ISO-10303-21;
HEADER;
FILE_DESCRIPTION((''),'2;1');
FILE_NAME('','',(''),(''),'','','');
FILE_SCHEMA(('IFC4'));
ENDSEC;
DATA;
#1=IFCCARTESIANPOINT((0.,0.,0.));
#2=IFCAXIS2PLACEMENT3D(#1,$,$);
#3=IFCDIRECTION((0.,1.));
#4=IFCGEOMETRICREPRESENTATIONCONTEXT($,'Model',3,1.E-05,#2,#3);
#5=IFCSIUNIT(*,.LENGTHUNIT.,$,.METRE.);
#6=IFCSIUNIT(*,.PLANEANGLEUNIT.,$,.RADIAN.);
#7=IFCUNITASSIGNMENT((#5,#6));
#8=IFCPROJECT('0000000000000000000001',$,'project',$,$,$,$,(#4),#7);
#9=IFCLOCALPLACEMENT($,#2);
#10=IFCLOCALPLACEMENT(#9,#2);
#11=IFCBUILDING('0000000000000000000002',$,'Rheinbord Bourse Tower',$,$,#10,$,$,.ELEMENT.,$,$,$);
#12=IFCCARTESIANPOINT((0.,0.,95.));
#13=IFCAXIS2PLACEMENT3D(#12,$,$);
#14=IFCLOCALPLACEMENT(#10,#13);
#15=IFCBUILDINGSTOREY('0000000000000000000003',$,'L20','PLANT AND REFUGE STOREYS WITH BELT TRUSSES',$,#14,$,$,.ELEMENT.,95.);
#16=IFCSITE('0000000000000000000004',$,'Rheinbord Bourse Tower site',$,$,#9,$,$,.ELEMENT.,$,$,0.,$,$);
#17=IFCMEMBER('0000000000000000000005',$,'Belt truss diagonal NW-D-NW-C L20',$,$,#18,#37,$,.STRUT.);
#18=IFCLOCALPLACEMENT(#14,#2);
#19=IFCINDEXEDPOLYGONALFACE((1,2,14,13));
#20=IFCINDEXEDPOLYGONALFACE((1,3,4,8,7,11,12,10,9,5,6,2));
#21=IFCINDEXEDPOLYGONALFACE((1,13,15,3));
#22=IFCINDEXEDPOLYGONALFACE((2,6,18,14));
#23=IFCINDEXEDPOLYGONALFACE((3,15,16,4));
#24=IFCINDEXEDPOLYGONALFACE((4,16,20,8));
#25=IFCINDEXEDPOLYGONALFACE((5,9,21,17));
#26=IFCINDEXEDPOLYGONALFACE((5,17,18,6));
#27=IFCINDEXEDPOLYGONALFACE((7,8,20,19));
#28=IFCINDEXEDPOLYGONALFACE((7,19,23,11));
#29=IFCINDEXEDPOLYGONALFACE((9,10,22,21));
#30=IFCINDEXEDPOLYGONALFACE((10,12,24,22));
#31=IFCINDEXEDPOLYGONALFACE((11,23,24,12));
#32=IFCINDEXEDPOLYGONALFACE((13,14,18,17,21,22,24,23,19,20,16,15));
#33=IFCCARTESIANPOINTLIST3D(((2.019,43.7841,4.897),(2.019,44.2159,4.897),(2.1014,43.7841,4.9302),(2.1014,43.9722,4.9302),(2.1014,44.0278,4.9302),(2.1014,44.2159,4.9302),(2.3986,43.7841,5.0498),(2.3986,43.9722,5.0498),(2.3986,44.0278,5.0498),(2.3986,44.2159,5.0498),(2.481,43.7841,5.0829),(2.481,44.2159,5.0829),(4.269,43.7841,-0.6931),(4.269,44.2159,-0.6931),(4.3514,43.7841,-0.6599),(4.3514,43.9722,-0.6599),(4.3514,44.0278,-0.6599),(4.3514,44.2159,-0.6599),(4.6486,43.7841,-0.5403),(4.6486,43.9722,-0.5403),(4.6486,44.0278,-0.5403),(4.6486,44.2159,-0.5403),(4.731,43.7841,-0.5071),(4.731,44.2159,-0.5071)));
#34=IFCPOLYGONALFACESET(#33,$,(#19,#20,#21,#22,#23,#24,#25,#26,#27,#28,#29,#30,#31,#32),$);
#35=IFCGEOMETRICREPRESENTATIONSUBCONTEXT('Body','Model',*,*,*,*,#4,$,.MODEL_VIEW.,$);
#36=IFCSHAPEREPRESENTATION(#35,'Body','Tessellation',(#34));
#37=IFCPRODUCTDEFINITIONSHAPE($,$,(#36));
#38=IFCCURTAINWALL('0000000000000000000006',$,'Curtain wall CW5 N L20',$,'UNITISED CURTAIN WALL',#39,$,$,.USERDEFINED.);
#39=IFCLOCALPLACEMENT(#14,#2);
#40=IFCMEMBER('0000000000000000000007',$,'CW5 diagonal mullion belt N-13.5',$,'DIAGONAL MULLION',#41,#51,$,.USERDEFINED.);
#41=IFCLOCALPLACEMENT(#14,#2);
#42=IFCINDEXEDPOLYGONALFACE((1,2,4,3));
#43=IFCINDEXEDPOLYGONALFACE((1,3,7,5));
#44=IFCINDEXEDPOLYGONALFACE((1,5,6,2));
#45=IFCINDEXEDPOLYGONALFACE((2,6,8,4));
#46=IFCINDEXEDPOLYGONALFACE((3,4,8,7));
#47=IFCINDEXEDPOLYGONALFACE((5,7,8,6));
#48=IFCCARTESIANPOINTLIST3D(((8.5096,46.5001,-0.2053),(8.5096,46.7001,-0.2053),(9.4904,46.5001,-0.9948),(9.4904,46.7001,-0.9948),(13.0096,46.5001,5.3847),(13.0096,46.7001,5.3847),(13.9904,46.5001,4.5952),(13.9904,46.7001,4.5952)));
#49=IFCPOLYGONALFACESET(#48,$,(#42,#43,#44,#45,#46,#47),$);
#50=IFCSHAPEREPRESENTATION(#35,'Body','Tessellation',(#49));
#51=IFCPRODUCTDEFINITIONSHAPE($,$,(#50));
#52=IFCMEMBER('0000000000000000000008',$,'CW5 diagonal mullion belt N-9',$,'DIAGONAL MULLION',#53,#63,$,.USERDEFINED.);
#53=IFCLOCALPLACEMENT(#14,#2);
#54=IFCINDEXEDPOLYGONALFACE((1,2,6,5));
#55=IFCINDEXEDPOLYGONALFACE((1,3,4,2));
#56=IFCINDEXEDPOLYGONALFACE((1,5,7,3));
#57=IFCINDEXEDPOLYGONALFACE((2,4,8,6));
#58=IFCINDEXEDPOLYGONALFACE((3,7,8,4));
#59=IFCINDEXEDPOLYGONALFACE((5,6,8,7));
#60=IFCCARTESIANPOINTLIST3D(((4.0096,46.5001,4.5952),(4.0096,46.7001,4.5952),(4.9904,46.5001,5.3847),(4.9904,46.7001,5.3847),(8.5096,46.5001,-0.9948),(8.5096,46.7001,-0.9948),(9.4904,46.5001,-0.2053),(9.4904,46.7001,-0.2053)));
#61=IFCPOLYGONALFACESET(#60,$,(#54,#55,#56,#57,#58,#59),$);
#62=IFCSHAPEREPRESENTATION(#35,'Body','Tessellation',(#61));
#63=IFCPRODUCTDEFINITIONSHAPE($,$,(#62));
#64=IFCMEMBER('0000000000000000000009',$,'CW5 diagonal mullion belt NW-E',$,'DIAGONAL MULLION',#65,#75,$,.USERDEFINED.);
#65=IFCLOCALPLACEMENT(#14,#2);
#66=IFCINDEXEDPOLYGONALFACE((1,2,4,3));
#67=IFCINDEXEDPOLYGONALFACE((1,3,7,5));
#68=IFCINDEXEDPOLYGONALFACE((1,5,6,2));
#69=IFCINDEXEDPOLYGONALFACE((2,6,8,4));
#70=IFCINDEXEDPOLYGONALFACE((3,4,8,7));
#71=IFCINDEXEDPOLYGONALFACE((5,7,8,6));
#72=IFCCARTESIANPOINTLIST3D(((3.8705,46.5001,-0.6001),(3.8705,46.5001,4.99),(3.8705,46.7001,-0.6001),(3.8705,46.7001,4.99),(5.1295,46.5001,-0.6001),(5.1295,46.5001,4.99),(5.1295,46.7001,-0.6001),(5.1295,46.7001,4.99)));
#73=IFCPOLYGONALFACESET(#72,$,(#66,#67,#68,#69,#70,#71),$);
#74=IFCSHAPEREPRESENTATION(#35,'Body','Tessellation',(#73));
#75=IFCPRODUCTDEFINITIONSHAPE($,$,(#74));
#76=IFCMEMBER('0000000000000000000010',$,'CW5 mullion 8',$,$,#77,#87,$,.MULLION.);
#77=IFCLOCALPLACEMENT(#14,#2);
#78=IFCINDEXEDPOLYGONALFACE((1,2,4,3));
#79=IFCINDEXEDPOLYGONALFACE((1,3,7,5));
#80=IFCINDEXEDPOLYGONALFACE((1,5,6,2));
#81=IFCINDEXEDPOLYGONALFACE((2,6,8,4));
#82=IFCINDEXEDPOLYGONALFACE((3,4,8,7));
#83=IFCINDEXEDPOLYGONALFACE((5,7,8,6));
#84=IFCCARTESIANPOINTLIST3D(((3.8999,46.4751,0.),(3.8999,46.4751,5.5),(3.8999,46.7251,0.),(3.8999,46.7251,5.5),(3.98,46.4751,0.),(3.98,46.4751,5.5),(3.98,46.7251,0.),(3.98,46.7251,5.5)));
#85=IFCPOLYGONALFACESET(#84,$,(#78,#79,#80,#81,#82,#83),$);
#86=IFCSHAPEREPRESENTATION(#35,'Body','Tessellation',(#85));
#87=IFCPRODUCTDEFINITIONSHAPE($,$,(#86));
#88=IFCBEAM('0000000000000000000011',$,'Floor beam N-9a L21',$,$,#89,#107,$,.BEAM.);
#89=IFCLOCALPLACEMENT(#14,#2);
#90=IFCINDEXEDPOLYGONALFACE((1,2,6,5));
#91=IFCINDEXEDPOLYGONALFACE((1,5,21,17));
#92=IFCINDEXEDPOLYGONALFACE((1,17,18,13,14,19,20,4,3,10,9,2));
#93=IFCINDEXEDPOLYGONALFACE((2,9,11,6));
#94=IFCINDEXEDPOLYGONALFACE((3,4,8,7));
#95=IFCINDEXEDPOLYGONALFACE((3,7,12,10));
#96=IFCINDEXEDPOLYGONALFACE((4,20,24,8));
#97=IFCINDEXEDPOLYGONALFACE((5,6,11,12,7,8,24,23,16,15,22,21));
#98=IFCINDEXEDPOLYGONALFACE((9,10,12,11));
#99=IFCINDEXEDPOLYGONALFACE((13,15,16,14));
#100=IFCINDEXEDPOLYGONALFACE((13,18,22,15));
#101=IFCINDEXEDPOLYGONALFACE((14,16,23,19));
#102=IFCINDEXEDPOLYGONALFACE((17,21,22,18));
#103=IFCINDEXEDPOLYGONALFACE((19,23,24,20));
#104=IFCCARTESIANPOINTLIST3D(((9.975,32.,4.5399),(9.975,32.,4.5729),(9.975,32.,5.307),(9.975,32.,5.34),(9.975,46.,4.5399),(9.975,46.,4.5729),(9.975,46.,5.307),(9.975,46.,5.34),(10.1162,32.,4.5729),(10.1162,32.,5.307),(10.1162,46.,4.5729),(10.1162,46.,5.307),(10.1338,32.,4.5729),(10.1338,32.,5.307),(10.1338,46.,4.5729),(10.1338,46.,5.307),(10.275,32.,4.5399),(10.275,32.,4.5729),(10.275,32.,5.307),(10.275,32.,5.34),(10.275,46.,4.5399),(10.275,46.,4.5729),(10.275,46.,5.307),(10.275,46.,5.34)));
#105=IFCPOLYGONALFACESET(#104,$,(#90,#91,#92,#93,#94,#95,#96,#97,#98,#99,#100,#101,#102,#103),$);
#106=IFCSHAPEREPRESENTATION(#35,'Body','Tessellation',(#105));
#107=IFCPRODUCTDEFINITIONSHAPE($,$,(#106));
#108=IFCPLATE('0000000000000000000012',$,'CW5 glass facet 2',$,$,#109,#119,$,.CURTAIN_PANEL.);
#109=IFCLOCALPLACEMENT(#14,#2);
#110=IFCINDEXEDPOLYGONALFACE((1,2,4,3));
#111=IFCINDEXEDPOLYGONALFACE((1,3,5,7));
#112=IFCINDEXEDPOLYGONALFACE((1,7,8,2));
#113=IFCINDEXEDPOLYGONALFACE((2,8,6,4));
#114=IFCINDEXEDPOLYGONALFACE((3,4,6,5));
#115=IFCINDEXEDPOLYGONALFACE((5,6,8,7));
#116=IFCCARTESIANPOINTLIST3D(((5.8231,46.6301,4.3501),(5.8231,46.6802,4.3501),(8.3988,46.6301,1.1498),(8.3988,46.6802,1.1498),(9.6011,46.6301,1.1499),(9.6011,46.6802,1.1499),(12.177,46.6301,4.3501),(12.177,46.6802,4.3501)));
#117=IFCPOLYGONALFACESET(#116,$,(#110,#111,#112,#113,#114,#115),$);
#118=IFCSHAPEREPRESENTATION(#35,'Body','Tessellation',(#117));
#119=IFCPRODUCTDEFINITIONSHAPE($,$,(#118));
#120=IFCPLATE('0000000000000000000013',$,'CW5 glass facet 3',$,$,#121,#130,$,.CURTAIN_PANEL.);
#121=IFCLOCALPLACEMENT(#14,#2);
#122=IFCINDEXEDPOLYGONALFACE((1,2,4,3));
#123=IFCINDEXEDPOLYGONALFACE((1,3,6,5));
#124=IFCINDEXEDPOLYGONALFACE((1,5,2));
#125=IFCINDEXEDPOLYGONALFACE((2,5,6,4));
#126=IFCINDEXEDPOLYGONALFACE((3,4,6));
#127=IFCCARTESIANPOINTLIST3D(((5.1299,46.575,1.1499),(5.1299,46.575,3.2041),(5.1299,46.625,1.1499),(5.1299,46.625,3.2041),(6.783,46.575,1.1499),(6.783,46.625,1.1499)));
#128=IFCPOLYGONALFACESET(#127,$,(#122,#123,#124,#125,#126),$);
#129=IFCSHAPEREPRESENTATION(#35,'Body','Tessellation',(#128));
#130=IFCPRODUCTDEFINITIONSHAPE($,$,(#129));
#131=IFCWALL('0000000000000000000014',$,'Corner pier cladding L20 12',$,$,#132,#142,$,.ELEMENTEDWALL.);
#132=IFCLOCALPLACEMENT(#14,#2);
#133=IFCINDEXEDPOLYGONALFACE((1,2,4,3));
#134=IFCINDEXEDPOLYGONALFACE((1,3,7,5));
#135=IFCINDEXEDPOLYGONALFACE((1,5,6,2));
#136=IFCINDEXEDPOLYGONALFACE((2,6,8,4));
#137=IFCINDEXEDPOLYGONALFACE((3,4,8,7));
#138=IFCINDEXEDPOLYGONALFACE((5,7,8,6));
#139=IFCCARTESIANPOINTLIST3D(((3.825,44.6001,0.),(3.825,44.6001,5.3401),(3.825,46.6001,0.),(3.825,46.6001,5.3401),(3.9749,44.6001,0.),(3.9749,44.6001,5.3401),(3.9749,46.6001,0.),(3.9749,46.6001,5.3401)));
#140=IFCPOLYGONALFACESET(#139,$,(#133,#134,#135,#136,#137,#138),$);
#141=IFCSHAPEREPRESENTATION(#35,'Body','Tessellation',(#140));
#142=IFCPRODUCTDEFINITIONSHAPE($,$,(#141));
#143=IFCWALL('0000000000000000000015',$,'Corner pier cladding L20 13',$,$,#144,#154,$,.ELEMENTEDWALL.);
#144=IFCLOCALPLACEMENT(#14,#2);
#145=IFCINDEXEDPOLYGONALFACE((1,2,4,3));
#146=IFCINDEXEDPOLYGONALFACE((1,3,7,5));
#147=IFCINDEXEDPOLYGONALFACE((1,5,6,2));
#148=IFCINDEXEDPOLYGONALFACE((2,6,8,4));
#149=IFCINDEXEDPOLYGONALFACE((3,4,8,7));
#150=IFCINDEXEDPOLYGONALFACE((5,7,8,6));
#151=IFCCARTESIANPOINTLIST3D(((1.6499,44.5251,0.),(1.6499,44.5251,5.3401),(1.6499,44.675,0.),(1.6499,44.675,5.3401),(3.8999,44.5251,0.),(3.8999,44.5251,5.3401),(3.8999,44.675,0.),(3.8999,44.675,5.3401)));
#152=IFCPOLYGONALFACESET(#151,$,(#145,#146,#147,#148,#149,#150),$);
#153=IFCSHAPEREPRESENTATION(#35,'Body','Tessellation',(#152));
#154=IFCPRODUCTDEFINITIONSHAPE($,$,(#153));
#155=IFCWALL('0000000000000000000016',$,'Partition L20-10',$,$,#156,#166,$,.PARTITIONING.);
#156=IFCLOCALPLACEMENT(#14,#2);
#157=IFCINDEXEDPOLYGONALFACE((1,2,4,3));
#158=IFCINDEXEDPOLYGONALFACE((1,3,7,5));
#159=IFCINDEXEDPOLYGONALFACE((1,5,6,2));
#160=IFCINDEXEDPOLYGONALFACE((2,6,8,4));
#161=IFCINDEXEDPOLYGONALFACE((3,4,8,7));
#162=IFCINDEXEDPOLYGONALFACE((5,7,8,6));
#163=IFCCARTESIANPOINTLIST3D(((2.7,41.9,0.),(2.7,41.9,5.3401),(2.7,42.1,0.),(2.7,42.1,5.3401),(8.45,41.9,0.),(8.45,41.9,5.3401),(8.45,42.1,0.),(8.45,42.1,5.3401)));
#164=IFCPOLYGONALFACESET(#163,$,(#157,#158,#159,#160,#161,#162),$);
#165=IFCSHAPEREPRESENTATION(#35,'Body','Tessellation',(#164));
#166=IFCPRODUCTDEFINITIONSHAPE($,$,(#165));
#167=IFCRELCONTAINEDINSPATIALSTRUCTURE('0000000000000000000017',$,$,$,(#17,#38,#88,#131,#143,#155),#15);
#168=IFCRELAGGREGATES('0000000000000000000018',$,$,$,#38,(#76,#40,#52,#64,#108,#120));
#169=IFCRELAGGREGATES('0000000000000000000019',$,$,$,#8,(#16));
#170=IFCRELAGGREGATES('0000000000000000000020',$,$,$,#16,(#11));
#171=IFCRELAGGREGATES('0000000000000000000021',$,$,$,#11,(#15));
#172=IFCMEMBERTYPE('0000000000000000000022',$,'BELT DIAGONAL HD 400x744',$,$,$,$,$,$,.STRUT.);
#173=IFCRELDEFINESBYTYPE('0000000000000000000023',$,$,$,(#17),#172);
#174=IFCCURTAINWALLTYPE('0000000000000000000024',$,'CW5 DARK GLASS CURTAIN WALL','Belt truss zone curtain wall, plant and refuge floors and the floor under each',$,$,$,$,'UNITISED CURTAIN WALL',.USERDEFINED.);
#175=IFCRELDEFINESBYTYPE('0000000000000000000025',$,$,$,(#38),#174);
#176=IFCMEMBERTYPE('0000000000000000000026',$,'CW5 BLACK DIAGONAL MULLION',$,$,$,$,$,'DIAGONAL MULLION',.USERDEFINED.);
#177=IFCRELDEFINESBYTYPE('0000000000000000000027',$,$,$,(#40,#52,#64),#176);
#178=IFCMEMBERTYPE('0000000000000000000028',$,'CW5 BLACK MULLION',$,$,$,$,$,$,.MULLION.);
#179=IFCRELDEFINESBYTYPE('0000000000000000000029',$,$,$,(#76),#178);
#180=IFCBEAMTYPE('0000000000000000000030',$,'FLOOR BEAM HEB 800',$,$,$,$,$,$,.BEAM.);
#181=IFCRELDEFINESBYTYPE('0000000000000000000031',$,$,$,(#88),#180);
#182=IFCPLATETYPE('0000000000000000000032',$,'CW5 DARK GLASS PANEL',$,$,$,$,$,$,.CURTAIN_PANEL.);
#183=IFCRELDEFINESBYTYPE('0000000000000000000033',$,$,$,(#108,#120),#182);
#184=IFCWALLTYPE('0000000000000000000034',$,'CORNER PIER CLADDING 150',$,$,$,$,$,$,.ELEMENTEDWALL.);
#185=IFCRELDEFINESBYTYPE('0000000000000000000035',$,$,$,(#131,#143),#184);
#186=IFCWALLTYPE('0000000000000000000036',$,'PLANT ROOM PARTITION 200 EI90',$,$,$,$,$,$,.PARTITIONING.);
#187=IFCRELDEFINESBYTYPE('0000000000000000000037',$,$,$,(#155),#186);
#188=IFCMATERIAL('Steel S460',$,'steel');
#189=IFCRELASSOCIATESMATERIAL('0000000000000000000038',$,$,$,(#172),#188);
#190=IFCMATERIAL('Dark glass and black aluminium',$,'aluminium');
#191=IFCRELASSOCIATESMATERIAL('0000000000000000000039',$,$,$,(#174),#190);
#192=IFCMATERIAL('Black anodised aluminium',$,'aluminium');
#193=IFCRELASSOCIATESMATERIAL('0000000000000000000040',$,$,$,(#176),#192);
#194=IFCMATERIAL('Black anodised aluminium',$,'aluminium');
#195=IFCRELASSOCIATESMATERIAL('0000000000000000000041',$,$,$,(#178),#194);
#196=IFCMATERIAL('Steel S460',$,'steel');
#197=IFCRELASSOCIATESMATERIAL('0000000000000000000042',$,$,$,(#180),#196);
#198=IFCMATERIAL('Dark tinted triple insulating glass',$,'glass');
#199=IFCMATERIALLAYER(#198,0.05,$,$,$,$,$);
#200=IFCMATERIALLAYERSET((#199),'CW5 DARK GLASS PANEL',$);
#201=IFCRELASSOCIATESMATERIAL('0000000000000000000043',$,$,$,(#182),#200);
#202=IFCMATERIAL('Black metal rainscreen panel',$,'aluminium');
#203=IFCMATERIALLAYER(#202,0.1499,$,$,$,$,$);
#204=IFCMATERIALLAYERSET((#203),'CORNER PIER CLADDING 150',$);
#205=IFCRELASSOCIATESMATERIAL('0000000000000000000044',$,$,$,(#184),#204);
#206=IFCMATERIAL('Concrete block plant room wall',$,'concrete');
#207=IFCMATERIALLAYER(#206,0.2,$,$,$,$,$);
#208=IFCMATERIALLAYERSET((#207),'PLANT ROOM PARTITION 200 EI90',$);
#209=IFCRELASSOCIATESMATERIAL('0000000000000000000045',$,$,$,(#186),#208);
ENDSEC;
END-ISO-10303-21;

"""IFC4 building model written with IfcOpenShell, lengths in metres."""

from ifc_helpers import new_model, si_unit, direction, frame, frame_2d, origin, origin_2d, place, context, subcontext, project, spatial, polyline, rectangle, i_section, outline, extrude, material, layer, layer_set, material_profile, profile_set, type_object, element, aggregate, save


model = new_model("IFC4")

# Units and contexts
model_context = context("Model", 3, precision=1e-05, world=origin(), true_north=direction((0.0, 1.0)))
body_context = subcontext(model_context, "Body", "Model", "MODEL_VIEW")
ifc_project = project(units=[si_unit("LENGTHUNIT", "METRE"), si_unit("PLANEANGLEUNIT", "RADIAN")], contexts=[model_context])

# Site, building, storey
site_placement = place(None, origin())
site = spatial("IfcSite", under=ifc_project, at=site_placement, Name="Rheinbord Bourse Tower site", CompositionType="ELEMENT", RefElevation=0.0)
building_placement = place(site_placement, origin())
building = spatial("IfcBuilding", under=site, at=building_placement, Name="Rheinbord Bourse Tower", CompositionType="ELEMENT")
storey_placement = place(building_placement, frame((0.0, 0.0, 95.0)))
storey = spatial("IfcBuildingStorey", under=building, at=storey_placement, Name="L20", Description="PLANT AND REFUGE STOREYS WITH BELT TRUSSES", CompositionType="ELEMENT", Elevation=95.0)

# Member
ifc_material_1 = material(Name="Steel S460", Category="steel")
ifc_material_profile_1 = material_profile(ifc_material_1, i_section(OverallWidth=0.4319, OverallDepth=0.498, WebThickness=0.0557, FlangeThickness=0.0889, at=origin_2d()), Name="HD 400x744")
ifc_profile_set_1 = profile_set([ifc_material_profile_1], Name="Steel S460")
member_type_1 = type_object("IfcMemberType", Name="BELT DIAGONAL HD 400x744", PredefinedType="STRUT", material=ifc_profile_set_1)
member_1_placement = place(storey_placement, frame((4.5, 44.0, -0.6001), z_axis=(-0.373388, 0.0, 0.927675), x_axis=(0.0, -1.0, 0.0)))
element("IfcMember", 1, at=member_1_placement, inside=storey, type_object=member_type_1, Name="Belt truss diagonal NW-D-NW-C L20", PredefinedType="STRUT", context=body_context, shape_type="SweptSolid", body=[
    extrude(i_section(OverallWidth=0.4319, OverallDepth=0.498, WebThickness=0.0557, FlangeThickness=0.0889, at=origin_2d()), origin(), (0.0, 0.0, 1.0), 6.0259),
])

# Curtain wall, members
ifc_material_2 = material(Name="Dark glass and black aluminium", Category="aluminium")
curtain_wall_type = type_object("IfcCurtainWallType", Name="CW5 DARK GLASS CURTAIN WALL", Description="Belt truss zone curtain wall, plant and refuge floors and the floor under each", ElementType="UNITISED CURTAIN WALL", PredefinedType="USERDEFINED", material=ifc_material_2)
curtain_wall_placement = place(storey_placement, origin())
curtain_wall = element("IfcCurtainWall", 2, at=curtain_wall_placement, inside=storey, type_object=curtain_wall_type, Name="Curtain wall CW5 N L20", ObjectType="UNITISED CURTAIN WALL", PredefinedType="USERDEFINED")
ifc_material_3 = material(Name="Black anodised aluminium", Category="aluminium")
ifc_material_profile_2 = material_profile(ifc_material_3, rectangle(XDim=0.2, YDim=1.259, at=origin_2d()), Name="CW5 DIAGONAL MULLION 1259x200")
ifc_profile_set_2 = profile_set([ifc_material_profile_2], Name="Black anodised aluminium")
member_type_2 = type_object("IfcMemberType", Name="CW5 BLACK DIAGONAL MULLION", ElementType="DIAGONAL MULLION", PredefinedType="USERDEFINED", material=ifc_profile_set_2)
member_2_placement = place(storey_placement, frame((9.0, 46.6001, -0.6001), z_axis=(0.627065, 0.0, 0.778967), x_axis=(0.0, 1.0, 0.0)))
member_2 = element("IfcMember", 3, at=member_2_placement, type_object=member_type_2, Name="CW5 diagonal mullion belt N-13.5", ObjectType="DIAGONAL MULLION", PredefinedType="USERDEFINED", context=body_context, shape_type="SweptSolid", body=[
    extrude(rectangle(XDim=0.2, YDim=1.259, at=origin_2d()), origin(), (0.0, 0.0, 1.0), 7.1763),
])
member_3_placement = place(storey_placement, frame((9.0, 46.6001, -0.6001), z_axis=(-0.627065, 0.0, 0.778967), x_axis=(0.0, -1.0, 0.0)))
member_3 = element("IfcMember", 4, at=member_3_placement, type_object=member_type_2, Name="CW5 diagonal mullion belt N-9", ObjectType="DIAGONAL MULLION", PredefinedType="USERDEFINED", context=body_context, shape_type="SweptSolid", body=[
    extrude(rectangle(XDim=0.2, YDim=1.259, at=origin_2d()), origin(), (0.0, 0.0, 1.0), 7.1763),
])
member_4_placement = place(storey_placement, frame((4.5, 46.6001, -0.6001), z_axis=(0.0, 0.0, 1.0), x_axis=(0.0, -1.0, 0.0)))
member_4 = element("IfcMember", 5, at=member_4_placement, type_object=member_type_2, Name="CW5 diagonal mullion belt NW-E", ObjectType="DIAGONAL MULLION", PredefinedType="USERDEFINED", context=body_context, shape_type="SweptSolid", body=[
    extrude(rectangle(XDim=0.2, YDim=1.259, at=origin_2d()), origin(), (0.0, 0.0, 1.0), 5.5901),
])
ifc_material_4 = material(Name="Black anodised aluminium", Category="aluminium")
ifc_material_profile_3 = material_profile(ifc_material_4, rectangle(XDim=0.25, YDim=0.0801, at=origin_2d()), Name="CW5 MULLION 80x250")
ifc_profile_set_3 = profile_set([ifc_material_profile_3], Name="Black anodised aluminium")
member_type_3 = type_object("IfcMemberType", Name="CW5 BLACK MULLION", PredefinedType="MULLION", material=ifc_profile_set_3)
member_5_placement = place(storey_placement, frame((3.9399, 46.6001, 0.0), z_axis=(0.0, 0.0, 1.0), x_axis=(0.0, -1.0, 0.0)))
member_5 = element("IfcMember", 6, at=member_5_placement, type_object=member_type_3, Name="CW5 mullion 8", PredefinedType="MULLION", context=body_context, shape_type="SweptSolid", body=[
    extrude(rectangle(XDim=0.25, YDim=0.0801, at=origin_2d()), origin(), (0.0, 0.0, 1.0), 5.5),
])

# Beam
ifc_material_5 = material(Name="Steel S460", Category="steel")
ifc_material_profile_4 = material_profile(ifc_material_5, i_section(OverallWidth=0.3, OverallDepth=0.8, WebThickness=0.0176, FlangeThickness=0.033, at=origin_2d()), Name="HEB 800")
ifc_profile_set_4 = profile_set([ifc_material_profile_4], Name="Steel S460")
beam_type_1 = type_object("IfcBeamType", Name="FLOOR BEAM HEB 800", PredefinedType="BEAM", material=ifc_profile_set_4)
beam_1_placement = place(storey_placement, frame((10.125, 46.0, 4.9399), z_axis=(0.0, -1.0, 0.0), x_axis=(1.0, 0.0, 0.0)))
element("IfcBeam", 7, at=beam_1_placement, inside=storey, type_object=beam_type_1, Name="Floor beam N-9a L21", PredefinedType="BEAM", context=body_context, shape_type="SweptSolid", body=[
    extrude(i_section(OverallWidth=0.3, OverallDepth=0.8, WebThickness=0.0176, FlangeThickness=0.033, at=origin_2d()), origin(), (0.0, 0.0, 1.0), 14.0),
])

# Plates
ifc_material_6 = material(Name="Dark tinted triple insulating glass", Category="glass")
ifc_layer_1 = layer(ifc_material_6, 0.05)
ifc_layer_set_1 = layer_set([ifc_layer_1], Name="CW5 DARK GLASS PANEL")
plate_type = type_object("IfcPlateType", Name="CW5 DARK GLASS PANEL", PredefinedType="CURTAIN_PANEL", material=ifc_layer_set_1)
plate_1_placement = place(storey_placement, frame((9.6011, 46.6802, 1.1499), z_axis=(0.0, -1.0, 0.0), x_axis=(0.627033, 0.0, 0.778993)))
plate_1 = element("IfcPlate", 8, at=plate_1_placement, type_object=plate_type, Name="CW5 glass facet 2", PredefinedType="CURTAIN_PANEL", context=body_context, shape_type="SweptSolid", body=[
    extrude(outline(polyline([(0.0, 0.0), (4.1082, 0.0), (0.124, 4.9497), (-0.7539, 0.9365), (0.0, 0.0)])), origin(), (0.0, 0.0, 1.0), 0.05),
])
plate_2_placement = place(storey_placement, frame((6.783, 46.625, 1.1499), z_axis=(0.0, -1.0, 0.0), x_axis=(-0.62694, 0.0, 0.779068)))
plate_2 = element("IfcPlate", 9, at=plate_2_placement, type_object=plate_type, Name="CW5 glass facet 3", PredefinedType="CURTAIN_PANEL", context=body_context, shape_type="SweptSolid", body=[
    extrude(outline(polyline([(0.0, 0.0), (2.6367, 0.0), (1.0364, 1.2878), (0.0, 0.0)])), origin(), (0.0, 0.0, 1.0), 0.05),
])
aggregate(curtain_wall, [member_5, member_2, member_3, member_4, plate_1, plate_2])

# Walls
ifc_material_7 = material(Name="Black metal rainscreen panel", Category="aluminium")
ifc_layer_2 = layer(ifc_material_7, 0.1499)
ifc_layer_set_2 = layer_set([ifc_layer_2], Name="CORNER PIER CLADDING 150")
wall_type_1 = type_object("IfcWallType", Name="CORNER PIER CLADDING 150", PredefinedType="ELEMENTEDWALL", material=ifc_layer_set_2)
wall_1_placement = place(storey_placement, frame((3.8999, 46.6001, 0.0), z_axis=(0.0, 0.0, 1.0), x_axis=(0.0, -1.0, 0.0)))
element("IfcWall", 10, at=wall_1_placement, inside=storey, type_object=wall_type_1, Name="Corner pier cladding L20 12", PredefinedType="ELEMENTEDWALL", context=body_context, shape_type="SweptSolid", body=[
    extrude(rectangle(XDim=2.0, YDim=0.1499, at=frame_2d((1.0, 0.0))), origin(), (0.0, 0.0, 1.0), 5.3401),
])
wall_2_placement = place(storey_placement, frame((3.8999, 44.6001, 0.0), z_axis=(0.0, 0.0, 1.0), x_axis=(-1.0, 0.0, 0.0)))
element("IfcWall", 11, at=wall_2_placement, inside=storey, type_object=wall_type_1, Name="Corner pier cladding L20 13", PredefinedType="ELEMENTEDWALL", context=body_context, shape_type="SweptSolid", body=[
    extrude(rectangle(XDim=2.25, YDim=0.1499, at=frame_2d((1.125, 0.0))), origin(), (0.0, 0.0, 1.0), 5.3401),
])
ifc_material_8 = material(Name="Concrete block plant room wall", Category="concrete")
ifc_layer_3 = layer(ifc_material_8, 0.2)
ifc_layer_set_3 = layer_set([ifc_layer_3], Name="PLANT ROOM PARTITION 200 EI90")
wall_type_2 = type_object("IfcWallType", Name="PLANT ROOM PARTITION 200 EI90", PredefinedType="PARTITIONING", material=ifc_layer_set_3)
wall_3_placement = place(storey_placement, frame((2.7, 42.0, 0.0), z_axis=(0.0, 0.0, 1.0), x_axis=(1.0, 0.0, 0.0)))
element("IfcWall", 12, at=wall_3_placement, inside=storey, type_object=wall_type_2, Name="Partition L20-10", PredefinedType="PARTITIONING", context=body_context, shape_type="SweptSolid", body=[
    extrude(rectangle(XDim=5.75, YDim=0.2, at=frame_2d((2.875, 0.0))), origin(), (0.0, 0.0, 1.0), 5.3401),
])

save(model, "model.ifc")
